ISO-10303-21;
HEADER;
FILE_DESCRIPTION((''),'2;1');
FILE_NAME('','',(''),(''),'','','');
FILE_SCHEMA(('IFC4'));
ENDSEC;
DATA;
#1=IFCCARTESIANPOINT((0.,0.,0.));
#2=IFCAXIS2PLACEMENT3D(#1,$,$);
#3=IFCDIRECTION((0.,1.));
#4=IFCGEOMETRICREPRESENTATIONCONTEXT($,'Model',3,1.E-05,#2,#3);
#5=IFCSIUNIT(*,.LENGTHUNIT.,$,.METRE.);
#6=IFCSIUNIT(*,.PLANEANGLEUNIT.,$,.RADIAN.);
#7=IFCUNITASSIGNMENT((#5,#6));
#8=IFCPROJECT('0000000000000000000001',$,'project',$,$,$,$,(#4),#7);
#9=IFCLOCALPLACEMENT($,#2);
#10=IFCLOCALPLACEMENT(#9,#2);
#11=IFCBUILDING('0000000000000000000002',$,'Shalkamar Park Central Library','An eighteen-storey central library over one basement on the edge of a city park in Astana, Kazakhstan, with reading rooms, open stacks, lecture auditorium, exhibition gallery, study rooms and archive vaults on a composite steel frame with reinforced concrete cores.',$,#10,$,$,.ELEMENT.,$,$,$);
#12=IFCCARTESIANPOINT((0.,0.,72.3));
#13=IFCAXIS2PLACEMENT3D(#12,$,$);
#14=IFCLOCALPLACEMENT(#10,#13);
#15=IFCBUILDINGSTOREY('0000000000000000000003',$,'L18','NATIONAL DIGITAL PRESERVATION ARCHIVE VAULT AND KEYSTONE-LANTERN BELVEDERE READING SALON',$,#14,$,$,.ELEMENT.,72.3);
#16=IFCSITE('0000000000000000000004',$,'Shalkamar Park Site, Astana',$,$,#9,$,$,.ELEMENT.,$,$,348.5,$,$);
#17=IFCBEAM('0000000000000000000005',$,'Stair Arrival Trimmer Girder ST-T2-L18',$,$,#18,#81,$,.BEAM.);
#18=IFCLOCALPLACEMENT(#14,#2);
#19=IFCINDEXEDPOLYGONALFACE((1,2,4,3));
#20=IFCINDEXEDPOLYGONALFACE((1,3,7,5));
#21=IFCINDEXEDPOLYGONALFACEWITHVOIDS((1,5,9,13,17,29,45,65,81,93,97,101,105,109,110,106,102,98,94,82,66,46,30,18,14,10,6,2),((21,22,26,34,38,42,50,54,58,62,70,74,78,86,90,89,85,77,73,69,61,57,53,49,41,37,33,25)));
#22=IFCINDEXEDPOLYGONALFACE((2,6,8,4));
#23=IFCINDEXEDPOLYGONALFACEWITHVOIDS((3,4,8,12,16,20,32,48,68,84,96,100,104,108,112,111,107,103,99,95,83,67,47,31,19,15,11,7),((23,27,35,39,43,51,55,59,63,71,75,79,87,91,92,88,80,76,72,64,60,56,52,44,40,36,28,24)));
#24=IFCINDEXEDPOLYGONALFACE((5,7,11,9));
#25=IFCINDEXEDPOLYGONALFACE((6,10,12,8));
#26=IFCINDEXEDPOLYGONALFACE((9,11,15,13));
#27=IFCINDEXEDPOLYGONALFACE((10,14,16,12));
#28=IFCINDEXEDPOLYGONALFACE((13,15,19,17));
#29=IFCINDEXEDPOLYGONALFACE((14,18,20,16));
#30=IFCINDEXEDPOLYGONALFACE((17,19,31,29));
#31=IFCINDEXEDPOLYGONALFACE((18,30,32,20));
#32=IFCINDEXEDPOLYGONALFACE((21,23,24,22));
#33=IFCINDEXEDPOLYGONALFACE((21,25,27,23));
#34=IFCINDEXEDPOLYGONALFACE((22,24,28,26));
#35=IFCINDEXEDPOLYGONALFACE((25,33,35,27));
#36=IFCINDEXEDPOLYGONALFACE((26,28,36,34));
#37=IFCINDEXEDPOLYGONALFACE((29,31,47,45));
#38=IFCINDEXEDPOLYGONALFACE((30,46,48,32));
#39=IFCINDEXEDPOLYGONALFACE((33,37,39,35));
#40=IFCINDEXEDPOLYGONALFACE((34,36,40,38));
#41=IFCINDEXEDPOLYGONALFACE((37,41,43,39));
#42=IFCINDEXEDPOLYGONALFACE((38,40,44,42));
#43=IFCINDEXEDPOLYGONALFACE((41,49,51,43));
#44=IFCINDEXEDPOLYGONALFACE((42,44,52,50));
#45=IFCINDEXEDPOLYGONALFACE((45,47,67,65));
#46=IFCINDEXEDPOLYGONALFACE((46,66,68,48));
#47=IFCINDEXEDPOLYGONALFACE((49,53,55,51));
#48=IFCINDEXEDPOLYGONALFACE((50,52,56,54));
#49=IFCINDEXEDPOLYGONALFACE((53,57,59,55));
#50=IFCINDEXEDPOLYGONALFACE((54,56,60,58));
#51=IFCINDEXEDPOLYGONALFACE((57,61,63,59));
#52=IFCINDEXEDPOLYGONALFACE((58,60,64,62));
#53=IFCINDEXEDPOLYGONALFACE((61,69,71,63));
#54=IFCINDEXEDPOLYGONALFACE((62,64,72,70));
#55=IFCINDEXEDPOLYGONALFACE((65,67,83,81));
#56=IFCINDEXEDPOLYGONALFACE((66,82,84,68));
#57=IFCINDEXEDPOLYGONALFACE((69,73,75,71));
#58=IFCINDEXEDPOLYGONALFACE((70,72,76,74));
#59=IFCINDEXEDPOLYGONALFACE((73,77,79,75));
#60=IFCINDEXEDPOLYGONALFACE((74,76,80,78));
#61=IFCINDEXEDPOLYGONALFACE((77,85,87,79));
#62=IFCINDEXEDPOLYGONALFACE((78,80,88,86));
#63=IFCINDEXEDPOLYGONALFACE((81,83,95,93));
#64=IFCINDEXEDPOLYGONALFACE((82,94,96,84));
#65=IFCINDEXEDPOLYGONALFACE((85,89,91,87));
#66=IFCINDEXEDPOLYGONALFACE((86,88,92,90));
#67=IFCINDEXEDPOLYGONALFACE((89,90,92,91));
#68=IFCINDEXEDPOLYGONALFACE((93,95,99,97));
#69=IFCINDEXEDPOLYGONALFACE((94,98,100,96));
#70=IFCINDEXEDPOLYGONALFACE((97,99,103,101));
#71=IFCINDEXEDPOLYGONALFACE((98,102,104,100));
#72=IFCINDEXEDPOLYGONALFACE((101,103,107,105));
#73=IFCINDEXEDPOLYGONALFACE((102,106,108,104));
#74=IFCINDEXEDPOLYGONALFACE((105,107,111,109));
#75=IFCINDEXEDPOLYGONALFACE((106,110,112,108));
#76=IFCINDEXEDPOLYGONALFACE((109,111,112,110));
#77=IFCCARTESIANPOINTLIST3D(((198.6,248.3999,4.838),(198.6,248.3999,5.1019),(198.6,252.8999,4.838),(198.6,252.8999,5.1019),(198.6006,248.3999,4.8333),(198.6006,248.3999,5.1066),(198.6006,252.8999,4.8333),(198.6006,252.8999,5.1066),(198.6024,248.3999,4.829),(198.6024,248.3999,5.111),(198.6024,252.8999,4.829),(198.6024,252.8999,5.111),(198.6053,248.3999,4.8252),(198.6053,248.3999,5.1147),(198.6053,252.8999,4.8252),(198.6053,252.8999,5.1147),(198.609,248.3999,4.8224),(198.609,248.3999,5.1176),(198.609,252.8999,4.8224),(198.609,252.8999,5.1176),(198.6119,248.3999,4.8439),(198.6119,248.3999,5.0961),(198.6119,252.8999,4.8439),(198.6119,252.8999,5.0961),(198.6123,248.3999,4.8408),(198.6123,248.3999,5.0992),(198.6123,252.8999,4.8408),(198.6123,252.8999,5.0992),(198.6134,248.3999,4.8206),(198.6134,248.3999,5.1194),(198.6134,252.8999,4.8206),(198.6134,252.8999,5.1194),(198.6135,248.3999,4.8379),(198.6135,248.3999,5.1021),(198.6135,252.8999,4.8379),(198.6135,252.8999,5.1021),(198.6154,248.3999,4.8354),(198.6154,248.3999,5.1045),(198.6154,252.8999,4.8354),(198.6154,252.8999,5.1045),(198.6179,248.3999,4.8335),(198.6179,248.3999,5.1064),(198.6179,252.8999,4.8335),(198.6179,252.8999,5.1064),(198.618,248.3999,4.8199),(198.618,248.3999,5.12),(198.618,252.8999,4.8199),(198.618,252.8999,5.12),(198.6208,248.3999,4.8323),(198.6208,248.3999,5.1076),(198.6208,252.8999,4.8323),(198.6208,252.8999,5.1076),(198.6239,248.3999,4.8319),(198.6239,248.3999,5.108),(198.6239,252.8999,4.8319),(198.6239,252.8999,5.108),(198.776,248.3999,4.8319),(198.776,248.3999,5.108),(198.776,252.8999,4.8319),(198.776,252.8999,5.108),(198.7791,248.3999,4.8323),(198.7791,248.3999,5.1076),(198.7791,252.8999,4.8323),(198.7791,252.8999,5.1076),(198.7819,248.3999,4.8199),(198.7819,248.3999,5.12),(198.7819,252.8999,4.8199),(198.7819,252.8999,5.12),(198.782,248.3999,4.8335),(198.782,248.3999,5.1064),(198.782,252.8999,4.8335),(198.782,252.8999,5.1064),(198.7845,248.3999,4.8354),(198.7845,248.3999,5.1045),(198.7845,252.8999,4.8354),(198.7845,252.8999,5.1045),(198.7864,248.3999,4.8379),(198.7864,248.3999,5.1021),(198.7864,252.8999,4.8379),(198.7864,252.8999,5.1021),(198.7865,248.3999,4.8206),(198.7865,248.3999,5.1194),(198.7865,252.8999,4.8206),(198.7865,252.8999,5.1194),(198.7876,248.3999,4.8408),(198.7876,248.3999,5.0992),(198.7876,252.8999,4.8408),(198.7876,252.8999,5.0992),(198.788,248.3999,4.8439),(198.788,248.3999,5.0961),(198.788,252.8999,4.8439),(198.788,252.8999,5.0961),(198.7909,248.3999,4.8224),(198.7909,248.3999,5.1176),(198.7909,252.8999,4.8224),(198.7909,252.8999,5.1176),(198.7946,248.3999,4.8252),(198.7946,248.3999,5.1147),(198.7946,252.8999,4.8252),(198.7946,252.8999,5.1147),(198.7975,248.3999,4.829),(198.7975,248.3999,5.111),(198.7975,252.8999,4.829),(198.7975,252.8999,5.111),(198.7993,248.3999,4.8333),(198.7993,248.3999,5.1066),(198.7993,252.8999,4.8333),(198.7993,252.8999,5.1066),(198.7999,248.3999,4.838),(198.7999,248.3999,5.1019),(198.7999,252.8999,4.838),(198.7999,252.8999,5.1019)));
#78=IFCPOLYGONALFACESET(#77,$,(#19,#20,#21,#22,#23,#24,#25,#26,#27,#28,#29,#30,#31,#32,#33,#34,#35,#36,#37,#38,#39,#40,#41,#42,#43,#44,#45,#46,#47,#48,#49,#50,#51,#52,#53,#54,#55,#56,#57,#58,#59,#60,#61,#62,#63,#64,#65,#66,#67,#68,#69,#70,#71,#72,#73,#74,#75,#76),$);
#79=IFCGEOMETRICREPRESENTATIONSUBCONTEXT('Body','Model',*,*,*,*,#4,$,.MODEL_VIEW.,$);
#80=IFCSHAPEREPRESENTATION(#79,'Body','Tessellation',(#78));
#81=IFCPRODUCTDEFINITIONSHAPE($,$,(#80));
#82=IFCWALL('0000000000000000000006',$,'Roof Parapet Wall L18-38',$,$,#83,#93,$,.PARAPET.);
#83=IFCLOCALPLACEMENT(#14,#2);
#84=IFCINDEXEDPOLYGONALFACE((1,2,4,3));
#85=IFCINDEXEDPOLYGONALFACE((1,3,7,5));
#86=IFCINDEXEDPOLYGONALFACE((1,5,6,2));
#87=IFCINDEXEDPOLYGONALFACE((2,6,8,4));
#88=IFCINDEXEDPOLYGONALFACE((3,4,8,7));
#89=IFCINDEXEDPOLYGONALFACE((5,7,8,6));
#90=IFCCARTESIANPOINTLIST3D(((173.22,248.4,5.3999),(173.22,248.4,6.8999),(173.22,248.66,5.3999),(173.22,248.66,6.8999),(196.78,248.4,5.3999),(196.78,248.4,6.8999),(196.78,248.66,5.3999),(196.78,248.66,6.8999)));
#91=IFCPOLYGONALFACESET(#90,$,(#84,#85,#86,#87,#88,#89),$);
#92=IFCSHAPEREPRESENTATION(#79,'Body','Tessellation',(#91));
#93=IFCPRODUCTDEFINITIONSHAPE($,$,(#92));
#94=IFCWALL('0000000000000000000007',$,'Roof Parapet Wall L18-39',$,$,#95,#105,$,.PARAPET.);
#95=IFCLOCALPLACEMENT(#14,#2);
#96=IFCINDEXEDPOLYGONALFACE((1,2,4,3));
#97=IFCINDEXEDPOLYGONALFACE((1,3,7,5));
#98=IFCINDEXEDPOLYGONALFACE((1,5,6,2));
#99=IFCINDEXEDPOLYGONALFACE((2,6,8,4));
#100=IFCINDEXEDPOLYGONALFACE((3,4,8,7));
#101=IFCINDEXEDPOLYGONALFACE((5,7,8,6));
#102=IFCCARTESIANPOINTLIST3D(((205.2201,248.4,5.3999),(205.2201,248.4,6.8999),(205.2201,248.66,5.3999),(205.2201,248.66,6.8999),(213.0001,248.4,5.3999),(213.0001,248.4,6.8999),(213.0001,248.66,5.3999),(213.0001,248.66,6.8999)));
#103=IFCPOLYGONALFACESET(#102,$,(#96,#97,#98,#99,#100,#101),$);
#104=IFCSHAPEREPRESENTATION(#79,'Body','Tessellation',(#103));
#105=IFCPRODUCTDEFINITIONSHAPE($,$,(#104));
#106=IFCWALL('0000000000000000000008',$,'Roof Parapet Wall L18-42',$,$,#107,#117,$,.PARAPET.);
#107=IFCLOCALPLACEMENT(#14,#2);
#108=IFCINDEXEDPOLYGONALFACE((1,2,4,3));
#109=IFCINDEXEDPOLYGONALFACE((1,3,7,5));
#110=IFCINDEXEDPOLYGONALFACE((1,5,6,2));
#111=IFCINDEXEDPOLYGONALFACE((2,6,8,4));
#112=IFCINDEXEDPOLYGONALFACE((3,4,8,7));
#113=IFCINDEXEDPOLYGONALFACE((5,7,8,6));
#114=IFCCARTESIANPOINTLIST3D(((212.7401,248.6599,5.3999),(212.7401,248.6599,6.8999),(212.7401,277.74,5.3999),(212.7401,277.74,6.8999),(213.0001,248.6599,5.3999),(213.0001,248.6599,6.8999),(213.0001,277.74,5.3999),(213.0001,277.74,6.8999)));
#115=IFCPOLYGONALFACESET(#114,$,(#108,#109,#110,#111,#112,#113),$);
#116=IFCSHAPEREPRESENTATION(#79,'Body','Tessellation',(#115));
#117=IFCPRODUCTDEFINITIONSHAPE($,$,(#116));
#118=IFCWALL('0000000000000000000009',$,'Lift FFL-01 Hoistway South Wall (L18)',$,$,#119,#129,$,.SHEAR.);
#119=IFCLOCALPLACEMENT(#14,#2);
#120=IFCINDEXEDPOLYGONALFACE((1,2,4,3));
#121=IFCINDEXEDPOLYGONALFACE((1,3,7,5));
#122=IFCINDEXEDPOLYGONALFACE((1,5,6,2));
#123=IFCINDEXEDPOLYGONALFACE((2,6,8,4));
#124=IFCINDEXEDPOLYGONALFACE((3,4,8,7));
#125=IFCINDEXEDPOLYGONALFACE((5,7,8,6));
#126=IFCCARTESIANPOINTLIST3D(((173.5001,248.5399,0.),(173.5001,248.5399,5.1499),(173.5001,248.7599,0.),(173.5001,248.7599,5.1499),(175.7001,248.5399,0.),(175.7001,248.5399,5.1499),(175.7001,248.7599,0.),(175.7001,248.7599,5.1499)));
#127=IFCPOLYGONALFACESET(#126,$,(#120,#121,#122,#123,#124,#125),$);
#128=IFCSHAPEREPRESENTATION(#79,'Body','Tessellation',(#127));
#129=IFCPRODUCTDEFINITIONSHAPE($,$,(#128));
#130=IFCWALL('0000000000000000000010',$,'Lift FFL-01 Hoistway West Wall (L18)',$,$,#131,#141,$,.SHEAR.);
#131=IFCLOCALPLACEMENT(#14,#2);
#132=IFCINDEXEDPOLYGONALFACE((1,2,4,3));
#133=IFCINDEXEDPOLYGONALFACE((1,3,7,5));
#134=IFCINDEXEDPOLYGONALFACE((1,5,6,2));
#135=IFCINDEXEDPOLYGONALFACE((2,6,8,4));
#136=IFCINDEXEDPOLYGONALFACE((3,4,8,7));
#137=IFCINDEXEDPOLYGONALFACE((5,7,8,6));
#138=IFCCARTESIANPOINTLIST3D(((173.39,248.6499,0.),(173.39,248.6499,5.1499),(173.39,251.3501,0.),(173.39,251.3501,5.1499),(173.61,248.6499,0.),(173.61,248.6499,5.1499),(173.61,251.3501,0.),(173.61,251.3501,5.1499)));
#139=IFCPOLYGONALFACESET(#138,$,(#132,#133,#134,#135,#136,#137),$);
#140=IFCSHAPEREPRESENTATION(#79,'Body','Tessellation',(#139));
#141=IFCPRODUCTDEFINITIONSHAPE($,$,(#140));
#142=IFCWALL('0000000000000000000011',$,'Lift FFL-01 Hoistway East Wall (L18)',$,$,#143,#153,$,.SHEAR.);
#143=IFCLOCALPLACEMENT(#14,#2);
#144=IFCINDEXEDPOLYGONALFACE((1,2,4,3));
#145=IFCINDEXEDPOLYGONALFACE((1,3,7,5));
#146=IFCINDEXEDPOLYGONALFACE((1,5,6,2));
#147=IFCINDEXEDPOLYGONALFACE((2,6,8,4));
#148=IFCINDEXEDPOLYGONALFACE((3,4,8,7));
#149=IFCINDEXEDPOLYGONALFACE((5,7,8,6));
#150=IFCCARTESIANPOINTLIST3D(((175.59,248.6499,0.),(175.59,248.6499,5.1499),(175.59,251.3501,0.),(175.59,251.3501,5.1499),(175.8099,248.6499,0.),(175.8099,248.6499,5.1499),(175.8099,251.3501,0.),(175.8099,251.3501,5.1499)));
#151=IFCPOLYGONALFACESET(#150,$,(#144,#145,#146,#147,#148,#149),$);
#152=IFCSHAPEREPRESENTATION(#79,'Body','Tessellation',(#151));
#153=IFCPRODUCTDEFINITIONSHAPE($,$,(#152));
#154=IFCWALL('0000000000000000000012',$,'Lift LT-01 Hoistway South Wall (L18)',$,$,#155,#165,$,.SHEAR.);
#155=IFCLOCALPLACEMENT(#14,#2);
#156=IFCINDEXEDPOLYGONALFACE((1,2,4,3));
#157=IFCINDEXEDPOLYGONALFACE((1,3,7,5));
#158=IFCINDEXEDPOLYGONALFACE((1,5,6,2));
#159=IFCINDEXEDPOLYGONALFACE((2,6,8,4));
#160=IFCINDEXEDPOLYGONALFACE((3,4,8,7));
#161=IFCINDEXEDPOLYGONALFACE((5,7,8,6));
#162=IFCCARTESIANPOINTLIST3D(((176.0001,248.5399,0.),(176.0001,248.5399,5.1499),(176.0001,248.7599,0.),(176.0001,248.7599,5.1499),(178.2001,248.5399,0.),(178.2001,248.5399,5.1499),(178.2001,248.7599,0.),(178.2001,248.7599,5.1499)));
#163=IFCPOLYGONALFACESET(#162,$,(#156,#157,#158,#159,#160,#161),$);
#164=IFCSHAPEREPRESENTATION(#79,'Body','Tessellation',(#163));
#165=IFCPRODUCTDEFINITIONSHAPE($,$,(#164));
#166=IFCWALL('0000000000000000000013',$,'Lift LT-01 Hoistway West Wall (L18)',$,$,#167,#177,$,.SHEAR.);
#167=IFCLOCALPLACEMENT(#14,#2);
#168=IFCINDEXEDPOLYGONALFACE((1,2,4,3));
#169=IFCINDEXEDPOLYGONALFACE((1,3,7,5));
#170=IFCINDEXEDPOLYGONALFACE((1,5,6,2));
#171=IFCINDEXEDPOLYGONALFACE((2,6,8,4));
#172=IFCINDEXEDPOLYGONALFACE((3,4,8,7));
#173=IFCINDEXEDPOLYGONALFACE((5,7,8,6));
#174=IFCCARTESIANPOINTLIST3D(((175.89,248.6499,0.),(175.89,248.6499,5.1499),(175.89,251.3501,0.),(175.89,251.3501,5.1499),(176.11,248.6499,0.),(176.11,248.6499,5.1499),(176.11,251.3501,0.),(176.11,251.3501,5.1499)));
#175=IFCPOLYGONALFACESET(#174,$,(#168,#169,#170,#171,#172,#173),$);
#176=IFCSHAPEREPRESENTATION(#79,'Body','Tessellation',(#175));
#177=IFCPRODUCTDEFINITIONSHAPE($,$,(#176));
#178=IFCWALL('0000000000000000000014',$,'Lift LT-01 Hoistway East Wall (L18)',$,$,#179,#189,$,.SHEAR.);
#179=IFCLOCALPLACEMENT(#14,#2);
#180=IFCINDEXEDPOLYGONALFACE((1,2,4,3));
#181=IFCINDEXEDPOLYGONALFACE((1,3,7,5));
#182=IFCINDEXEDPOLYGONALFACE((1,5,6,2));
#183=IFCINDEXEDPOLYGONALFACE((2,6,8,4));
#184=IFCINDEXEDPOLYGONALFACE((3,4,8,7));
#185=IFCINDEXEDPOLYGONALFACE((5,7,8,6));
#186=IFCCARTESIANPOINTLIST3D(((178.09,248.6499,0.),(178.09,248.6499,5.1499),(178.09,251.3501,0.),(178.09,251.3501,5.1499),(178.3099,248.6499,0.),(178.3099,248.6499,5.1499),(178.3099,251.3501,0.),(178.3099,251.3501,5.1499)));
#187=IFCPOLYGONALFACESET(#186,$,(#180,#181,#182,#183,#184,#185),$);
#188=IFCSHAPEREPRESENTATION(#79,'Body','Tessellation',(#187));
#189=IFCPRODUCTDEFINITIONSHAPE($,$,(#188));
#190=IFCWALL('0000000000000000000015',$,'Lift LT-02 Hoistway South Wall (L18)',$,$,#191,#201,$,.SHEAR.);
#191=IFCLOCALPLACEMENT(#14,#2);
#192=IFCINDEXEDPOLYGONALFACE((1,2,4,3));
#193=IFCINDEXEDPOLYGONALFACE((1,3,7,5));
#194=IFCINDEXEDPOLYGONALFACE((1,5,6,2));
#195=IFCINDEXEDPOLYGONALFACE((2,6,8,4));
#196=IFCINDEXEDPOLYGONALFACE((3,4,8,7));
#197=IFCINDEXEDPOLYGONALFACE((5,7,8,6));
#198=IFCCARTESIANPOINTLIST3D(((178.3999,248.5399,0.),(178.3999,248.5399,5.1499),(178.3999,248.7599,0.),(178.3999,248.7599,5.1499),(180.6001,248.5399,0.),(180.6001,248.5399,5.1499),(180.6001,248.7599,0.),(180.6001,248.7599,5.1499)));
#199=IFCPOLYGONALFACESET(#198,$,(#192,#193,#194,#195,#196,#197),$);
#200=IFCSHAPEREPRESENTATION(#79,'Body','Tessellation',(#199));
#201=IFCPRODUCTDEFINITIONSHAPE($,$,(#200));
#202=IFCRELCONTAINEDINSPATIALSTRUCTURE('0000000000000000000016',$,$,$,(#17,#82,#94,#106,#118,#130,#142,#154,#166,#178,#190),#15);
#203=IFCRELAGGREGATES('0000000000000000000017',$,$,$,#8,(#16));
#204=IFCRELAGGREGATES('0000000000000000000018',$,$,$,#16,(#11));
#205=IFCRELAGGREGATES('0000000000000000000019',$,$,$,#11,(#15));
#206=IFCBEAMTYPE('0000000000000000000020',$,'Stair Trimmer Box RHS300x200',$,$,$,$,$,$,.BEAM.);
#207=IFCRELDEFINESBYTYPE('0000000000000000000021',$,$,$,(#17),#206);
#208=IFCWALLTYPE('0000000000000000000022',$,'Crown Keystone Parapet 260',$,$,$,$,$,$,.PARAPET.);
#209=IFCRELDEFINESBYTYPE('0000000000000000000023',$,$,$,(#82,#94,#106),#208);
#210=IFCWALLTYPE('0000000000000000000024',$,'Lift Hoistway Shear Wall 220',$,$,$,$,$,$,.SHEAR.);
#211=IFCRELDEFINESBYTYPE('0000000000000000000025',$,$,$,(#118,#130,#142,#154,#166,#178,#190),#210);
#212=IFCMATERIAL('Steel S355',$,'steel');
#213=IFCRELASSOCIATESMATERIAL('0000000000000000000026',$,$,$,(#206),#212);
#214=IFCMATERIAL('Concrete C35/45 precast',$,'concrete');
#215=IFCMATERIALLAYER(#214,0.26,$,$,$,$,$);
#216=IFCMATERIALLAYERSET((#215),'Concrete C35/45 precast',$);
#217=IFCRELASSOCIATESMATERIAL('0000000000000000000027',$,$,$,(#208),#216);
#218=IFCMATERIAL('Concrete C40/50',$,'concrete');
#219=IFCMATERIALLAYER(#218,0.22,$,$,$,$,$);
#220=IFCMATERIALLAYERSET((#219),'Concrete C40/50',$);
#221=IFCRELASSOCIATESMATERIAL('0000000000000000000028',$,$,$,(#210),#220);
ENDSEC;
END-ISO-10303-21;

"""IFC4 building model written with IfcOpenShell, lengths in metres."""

from ifc_helpers import new_model, si_unit, direction, frame, frame_2d, origin, origin_2d, place, context, subcontext, project, spatial, rectangle, hollow_rectangle, extrude, material, layer, layer_set, material_profile, profile_set, type_object, element, save


model = new_model("IFC4")

# Units and contexts
model_context = context("Model", 3, precision=1e-05, world=origin(), true_north=direction((0.0, 1.0)))
body_context = subcontext(model_context, "Body", "Model", "MODEL_VIEW")
ifc_project = project(units=[si_unit("LENGTHUNIT", "METRE"), si_unit("PLANEANGLEUNIT", "RADIAN")], contexts=[model_context])

# Site, building, storey
site_placement = place(None, origin())
site = spatial("IfcSite", under=ifc_project, at=site_placement, Name="Shalkamar Park Site, Astana", CompositionType="ELEMENT", RefElevation=348.5)
building_placement = place(site_placement, origin())
building = spatial("IfcBuilding", under=site, at=building_placement, Name="Shalkamar Park Central Library", Description="An eighteen-storey central library over one basement on the edge of a city park in Astana, Kazakhstan, with reading rooms, open stacks, lecture auditorium, exhibition gallery, study rooms and archive vaults on a composite steel frame with reinforced concrete cores.", CompositionType="ELEMENT")
storey_placement = place(building_placement, frame((0.0, 0.0, 72.3)))
storey = spatial("IfcBuildingStorey", under=building, at=storey_placement, Name="L18", Description="NATIONAL DIGITAL PRESERVATION ARCHIVE VAULT AND KEYSTONE-LANTERN BELVEDERE READING SALON", CompositionType="ELEMENT", Elevation=72.3)

# Beam
ifc_material_1 = material(Name="Steel S355", Category="steel")
ifc_material_profile_1 = material_profile(ifc_material_1, hollow_rectangle(XDim=0.2, YDim=0.3, WallThickness=0.012, InnerFilletRadius=0.012, OuterFilletRadius=0.0181, at=origin_2d()), Name="RHS 300x200x12")
ifc_profile_set_1 = profile_set([ifc_material_profile_1], Name="Steel S355")
beam_type_1 = type_object("IfcBeamType", Name="Stair Trimmer Box RHS300x200", PredefinedType="BEAM", material=ifc_profile_set_1)
for number, where, z_axis, x_axis, name in (
    (1, (198.7, 248.3999, 4.97), (0.0, 1.0, 0.0), (-1.0, 0.0, 0.0), "Stair Arrival Trimmer Girder ST-T2-L18"),
):
    element("IfcBeam", number, at=place(storey_placement, frame(where, z_axis=z_axis, x_axis=x_axis)), inside=storey, type_object=beam_type_1, Name=name, PredefinedType="BEAM", context=body_context, shape_type="SweptSolid", body=[
        extrude(hollow_rectangle(XDim=0.2, YDim=0.3, WallThickness=0.012, InnerFilletRadius=0.012, OuterFilletRadius=0.0181, at=origin_2d()), origin(), (0.0, 0.0, 1.0), 4.5),
    ])

# Walls
ifc_material_2 = material(Name="Concrete C35/45 precast", Category="concrete")
ifc_layer_1 = layer(ifc_material_2, 0.26)
ifc_layer_set_1 = layer_set([ifc_layer_1], Name="Concrete C35/45 precast")
wall_type_1 = type_object("IfcWallType", Name="Crown Keystone Parapet 260", PredefinedType="PARAPET", material=ifc_layer_set_1)
wall_1_placement = place(storey_placement, frame((173.22, 248.53, 5.3999), z_axis=(0.0, 0.0, 1.0), x_axis=(1.0, 0.0, 0.0)))
element("IfcWall", 2, at=wall_1_placement, inside=storey, type_object=wall_type_1, Name="Roof Parapet Wall L18-38", PredefinedType="PARAPET", context=body_context, shape_type="SweptSolid", body=[
    extrude(rectangle(XDim=23.5601, YDim=0.26, at=frame_2d((11.78, 0.0))), origin(), (0.0, 0.0, 1.0), 1.5),
])
wall_2_placement = place(storey_placement, frame((205.22, 248.53, 5.3999), z_axis=(0.0, 0.0, 1.0), x_axis=(1.0, 0.0, 0.0)))
element("IfcWall", 3, at=wall_2_placement, inside=storey, type_object=wall_type_1, Name="Roof Parapet Wall L18-39", PredefinedType="PARAPET", context=body_context, shape_type="SweptSolid", body=[
    extrude(rectangle(XDim=7.78, YDim=0.26, at=frame_2d((3.8901, 0.0))), origin(), (0.0, 0.0, 1.0), 1.5),
])
wall_3_placement = place(storey_placement, frame((212.8701, 248.6599, 5.3999), z_axis=(0.0, 0.0, 1.0), x_axis=(0.0, 1.0, 0.0)))
element("IfcWall", 4, at=wall_3_placement, inside=storey, type_object=wall_type_1, Name="Roof Parapet Wall L18-42", PredefinedType="PARAPET", context=body_context, shape_type="SweptSolid", body=[
    extrude(rectangle(XDim=29.0801, YDim=0.26, at=frame_2d((14.54, 0.0))), origin(), (0.0, 0.0, 1.0), 1.5),
])
ifc_material_3 = material(Name="Concrete C40/50", Category="concrete")
ifc_layer_2 = layer(ifc_material_3, 0.22)
ifc_layer_set_2 = layer_set([ifc_layer_2], Name="Concrete C40/50")
wall_type_2 = type_object("IfcWallType", Name="Lift Hoistway Shear Wall 220", PredefinedType="SHEAR", material=ifc_layer_set_2)
wall_4_placement = place(storey_placement, frame((173.5, 248.6499, 0.0), z_axis=(0.0, 0.0, 1.0), x_axis=(1.0, 0.0, 0.0)))
element("IfcWall", 5, at=wall_4_placement, inside=storey, type_object=wall_type_2, Name="Lift FFL-01 Hoistway South Wall (L18)", PredefinedType="SHEAR", context=body_context, shape_type="SweptSolid", body=[
    extrude(rectangle(XDim=2.2, YDim=0.22, at=frame_2d((1.1001, 0.0))), origin(), (0.0, 0.0, 1.0), 5.1499),
])
for number, where, z_axis, x_axis, name in (
    (6, (173.5, 248.6499, 0.0), (0.0, 0.0, 1.0), (0.0, 1.0, 0.0), "Lift FFL-01 Hoistway West Wall (L18)"),
    (7, (175.7, 248.6499, 0.0), (0.0, 0.0, 1.0), (0.0, 1.0, 0.0), "Lift FFL-01 Hoistway East Wall (L18)"),
):
    element("IfcWall", number, at=place(storey_placement, frame(where, z_axis=z_axis, x_axis=x_axis)), inside=storey, type_object=wall_type_2, Name=name, PredefinedType="SHEAR", context=body_context, shape_type="SweptSolid", body=[
        extrude(rectangle(XDim=2.7002, YDim=0.22, at=frame_2d((1.3501, 0.0))), origin(), (0.0, 0.0, 1.0), 5.1499),
    ])
wall_5_placement = place(storey_placement, frame((176.0, 248.6499, 0.0), z_axis=(0.0, 0.0, 1.0), x_axis=(1.0, 0.0, 0.0)))
element("IfcWall", 8, at=wall_5_placement, inside=storey, type_object=wall_type_2, Name="Lift LT-01 Hoistway South Wall (L18)", PredefinedType="SHEAR", context=body_context, shape_type="SweptSolid", body=[
    extrude(rectangle(XDim=2.2, YDim=0.22, at=frame_2d((1.1001, 0.0))), origin(), (0.0, 0.0, 1.0), 5.1499),
])
for number, where, z_axis, x_axis, name in (
    (9, (176.0, 248.6499, 0.0), (0.0, 0.0, 1.0), (0.0, 1.0, 0.0), "Lift LT-01 Hoistway West Wall (L18)"),
    (10, (178.2, 248.6499, 0.0), (0.0, 0.0, 1.0), (0.0, 1.0, 0.0), "Lift LT-01 Hoistway East Wall (L18)"),
):
    element("IfcWall", number, at=place(storey_placement, frame(where, z_axis=z_axis, x_axis=x_axis)), inside=storey, type_object=wall_type_2, Name=name, PredefinedType="SHEAR", context=body_context, shape_type="SweptSolid", body=[
        extrude(rectangle(XDim=2.7002, YDim=0.22, at=frame_2d((1.3501, 0.0))), origin(), (0.0, 0.0, 1.0), 5.1499),
    ])
wall_6_placement = place(storey_placement, frame((178.3999, 248.6499, 0.0), z_axis=(0.0, 0.0, 1.0), x_axis=(1.0, 0.0, 0.0)))
element("IfcWall", 11, at=wall_6_placement, inside=storey, type_object=wall_type_2, Name="Lift LT-02 Hoistway South Wall (L18)", PredefinedType="SHEAR", context=body_context, shape_type="SweptSolid", body=[
    extrude(rectangle(XDim=2.2002, YDim=0.22, at=frame_2d((1.1001, 0.0))), origin(), (0.0, 0.0, 1.0), 5.1499),
])

save(model, "model.ifc")
